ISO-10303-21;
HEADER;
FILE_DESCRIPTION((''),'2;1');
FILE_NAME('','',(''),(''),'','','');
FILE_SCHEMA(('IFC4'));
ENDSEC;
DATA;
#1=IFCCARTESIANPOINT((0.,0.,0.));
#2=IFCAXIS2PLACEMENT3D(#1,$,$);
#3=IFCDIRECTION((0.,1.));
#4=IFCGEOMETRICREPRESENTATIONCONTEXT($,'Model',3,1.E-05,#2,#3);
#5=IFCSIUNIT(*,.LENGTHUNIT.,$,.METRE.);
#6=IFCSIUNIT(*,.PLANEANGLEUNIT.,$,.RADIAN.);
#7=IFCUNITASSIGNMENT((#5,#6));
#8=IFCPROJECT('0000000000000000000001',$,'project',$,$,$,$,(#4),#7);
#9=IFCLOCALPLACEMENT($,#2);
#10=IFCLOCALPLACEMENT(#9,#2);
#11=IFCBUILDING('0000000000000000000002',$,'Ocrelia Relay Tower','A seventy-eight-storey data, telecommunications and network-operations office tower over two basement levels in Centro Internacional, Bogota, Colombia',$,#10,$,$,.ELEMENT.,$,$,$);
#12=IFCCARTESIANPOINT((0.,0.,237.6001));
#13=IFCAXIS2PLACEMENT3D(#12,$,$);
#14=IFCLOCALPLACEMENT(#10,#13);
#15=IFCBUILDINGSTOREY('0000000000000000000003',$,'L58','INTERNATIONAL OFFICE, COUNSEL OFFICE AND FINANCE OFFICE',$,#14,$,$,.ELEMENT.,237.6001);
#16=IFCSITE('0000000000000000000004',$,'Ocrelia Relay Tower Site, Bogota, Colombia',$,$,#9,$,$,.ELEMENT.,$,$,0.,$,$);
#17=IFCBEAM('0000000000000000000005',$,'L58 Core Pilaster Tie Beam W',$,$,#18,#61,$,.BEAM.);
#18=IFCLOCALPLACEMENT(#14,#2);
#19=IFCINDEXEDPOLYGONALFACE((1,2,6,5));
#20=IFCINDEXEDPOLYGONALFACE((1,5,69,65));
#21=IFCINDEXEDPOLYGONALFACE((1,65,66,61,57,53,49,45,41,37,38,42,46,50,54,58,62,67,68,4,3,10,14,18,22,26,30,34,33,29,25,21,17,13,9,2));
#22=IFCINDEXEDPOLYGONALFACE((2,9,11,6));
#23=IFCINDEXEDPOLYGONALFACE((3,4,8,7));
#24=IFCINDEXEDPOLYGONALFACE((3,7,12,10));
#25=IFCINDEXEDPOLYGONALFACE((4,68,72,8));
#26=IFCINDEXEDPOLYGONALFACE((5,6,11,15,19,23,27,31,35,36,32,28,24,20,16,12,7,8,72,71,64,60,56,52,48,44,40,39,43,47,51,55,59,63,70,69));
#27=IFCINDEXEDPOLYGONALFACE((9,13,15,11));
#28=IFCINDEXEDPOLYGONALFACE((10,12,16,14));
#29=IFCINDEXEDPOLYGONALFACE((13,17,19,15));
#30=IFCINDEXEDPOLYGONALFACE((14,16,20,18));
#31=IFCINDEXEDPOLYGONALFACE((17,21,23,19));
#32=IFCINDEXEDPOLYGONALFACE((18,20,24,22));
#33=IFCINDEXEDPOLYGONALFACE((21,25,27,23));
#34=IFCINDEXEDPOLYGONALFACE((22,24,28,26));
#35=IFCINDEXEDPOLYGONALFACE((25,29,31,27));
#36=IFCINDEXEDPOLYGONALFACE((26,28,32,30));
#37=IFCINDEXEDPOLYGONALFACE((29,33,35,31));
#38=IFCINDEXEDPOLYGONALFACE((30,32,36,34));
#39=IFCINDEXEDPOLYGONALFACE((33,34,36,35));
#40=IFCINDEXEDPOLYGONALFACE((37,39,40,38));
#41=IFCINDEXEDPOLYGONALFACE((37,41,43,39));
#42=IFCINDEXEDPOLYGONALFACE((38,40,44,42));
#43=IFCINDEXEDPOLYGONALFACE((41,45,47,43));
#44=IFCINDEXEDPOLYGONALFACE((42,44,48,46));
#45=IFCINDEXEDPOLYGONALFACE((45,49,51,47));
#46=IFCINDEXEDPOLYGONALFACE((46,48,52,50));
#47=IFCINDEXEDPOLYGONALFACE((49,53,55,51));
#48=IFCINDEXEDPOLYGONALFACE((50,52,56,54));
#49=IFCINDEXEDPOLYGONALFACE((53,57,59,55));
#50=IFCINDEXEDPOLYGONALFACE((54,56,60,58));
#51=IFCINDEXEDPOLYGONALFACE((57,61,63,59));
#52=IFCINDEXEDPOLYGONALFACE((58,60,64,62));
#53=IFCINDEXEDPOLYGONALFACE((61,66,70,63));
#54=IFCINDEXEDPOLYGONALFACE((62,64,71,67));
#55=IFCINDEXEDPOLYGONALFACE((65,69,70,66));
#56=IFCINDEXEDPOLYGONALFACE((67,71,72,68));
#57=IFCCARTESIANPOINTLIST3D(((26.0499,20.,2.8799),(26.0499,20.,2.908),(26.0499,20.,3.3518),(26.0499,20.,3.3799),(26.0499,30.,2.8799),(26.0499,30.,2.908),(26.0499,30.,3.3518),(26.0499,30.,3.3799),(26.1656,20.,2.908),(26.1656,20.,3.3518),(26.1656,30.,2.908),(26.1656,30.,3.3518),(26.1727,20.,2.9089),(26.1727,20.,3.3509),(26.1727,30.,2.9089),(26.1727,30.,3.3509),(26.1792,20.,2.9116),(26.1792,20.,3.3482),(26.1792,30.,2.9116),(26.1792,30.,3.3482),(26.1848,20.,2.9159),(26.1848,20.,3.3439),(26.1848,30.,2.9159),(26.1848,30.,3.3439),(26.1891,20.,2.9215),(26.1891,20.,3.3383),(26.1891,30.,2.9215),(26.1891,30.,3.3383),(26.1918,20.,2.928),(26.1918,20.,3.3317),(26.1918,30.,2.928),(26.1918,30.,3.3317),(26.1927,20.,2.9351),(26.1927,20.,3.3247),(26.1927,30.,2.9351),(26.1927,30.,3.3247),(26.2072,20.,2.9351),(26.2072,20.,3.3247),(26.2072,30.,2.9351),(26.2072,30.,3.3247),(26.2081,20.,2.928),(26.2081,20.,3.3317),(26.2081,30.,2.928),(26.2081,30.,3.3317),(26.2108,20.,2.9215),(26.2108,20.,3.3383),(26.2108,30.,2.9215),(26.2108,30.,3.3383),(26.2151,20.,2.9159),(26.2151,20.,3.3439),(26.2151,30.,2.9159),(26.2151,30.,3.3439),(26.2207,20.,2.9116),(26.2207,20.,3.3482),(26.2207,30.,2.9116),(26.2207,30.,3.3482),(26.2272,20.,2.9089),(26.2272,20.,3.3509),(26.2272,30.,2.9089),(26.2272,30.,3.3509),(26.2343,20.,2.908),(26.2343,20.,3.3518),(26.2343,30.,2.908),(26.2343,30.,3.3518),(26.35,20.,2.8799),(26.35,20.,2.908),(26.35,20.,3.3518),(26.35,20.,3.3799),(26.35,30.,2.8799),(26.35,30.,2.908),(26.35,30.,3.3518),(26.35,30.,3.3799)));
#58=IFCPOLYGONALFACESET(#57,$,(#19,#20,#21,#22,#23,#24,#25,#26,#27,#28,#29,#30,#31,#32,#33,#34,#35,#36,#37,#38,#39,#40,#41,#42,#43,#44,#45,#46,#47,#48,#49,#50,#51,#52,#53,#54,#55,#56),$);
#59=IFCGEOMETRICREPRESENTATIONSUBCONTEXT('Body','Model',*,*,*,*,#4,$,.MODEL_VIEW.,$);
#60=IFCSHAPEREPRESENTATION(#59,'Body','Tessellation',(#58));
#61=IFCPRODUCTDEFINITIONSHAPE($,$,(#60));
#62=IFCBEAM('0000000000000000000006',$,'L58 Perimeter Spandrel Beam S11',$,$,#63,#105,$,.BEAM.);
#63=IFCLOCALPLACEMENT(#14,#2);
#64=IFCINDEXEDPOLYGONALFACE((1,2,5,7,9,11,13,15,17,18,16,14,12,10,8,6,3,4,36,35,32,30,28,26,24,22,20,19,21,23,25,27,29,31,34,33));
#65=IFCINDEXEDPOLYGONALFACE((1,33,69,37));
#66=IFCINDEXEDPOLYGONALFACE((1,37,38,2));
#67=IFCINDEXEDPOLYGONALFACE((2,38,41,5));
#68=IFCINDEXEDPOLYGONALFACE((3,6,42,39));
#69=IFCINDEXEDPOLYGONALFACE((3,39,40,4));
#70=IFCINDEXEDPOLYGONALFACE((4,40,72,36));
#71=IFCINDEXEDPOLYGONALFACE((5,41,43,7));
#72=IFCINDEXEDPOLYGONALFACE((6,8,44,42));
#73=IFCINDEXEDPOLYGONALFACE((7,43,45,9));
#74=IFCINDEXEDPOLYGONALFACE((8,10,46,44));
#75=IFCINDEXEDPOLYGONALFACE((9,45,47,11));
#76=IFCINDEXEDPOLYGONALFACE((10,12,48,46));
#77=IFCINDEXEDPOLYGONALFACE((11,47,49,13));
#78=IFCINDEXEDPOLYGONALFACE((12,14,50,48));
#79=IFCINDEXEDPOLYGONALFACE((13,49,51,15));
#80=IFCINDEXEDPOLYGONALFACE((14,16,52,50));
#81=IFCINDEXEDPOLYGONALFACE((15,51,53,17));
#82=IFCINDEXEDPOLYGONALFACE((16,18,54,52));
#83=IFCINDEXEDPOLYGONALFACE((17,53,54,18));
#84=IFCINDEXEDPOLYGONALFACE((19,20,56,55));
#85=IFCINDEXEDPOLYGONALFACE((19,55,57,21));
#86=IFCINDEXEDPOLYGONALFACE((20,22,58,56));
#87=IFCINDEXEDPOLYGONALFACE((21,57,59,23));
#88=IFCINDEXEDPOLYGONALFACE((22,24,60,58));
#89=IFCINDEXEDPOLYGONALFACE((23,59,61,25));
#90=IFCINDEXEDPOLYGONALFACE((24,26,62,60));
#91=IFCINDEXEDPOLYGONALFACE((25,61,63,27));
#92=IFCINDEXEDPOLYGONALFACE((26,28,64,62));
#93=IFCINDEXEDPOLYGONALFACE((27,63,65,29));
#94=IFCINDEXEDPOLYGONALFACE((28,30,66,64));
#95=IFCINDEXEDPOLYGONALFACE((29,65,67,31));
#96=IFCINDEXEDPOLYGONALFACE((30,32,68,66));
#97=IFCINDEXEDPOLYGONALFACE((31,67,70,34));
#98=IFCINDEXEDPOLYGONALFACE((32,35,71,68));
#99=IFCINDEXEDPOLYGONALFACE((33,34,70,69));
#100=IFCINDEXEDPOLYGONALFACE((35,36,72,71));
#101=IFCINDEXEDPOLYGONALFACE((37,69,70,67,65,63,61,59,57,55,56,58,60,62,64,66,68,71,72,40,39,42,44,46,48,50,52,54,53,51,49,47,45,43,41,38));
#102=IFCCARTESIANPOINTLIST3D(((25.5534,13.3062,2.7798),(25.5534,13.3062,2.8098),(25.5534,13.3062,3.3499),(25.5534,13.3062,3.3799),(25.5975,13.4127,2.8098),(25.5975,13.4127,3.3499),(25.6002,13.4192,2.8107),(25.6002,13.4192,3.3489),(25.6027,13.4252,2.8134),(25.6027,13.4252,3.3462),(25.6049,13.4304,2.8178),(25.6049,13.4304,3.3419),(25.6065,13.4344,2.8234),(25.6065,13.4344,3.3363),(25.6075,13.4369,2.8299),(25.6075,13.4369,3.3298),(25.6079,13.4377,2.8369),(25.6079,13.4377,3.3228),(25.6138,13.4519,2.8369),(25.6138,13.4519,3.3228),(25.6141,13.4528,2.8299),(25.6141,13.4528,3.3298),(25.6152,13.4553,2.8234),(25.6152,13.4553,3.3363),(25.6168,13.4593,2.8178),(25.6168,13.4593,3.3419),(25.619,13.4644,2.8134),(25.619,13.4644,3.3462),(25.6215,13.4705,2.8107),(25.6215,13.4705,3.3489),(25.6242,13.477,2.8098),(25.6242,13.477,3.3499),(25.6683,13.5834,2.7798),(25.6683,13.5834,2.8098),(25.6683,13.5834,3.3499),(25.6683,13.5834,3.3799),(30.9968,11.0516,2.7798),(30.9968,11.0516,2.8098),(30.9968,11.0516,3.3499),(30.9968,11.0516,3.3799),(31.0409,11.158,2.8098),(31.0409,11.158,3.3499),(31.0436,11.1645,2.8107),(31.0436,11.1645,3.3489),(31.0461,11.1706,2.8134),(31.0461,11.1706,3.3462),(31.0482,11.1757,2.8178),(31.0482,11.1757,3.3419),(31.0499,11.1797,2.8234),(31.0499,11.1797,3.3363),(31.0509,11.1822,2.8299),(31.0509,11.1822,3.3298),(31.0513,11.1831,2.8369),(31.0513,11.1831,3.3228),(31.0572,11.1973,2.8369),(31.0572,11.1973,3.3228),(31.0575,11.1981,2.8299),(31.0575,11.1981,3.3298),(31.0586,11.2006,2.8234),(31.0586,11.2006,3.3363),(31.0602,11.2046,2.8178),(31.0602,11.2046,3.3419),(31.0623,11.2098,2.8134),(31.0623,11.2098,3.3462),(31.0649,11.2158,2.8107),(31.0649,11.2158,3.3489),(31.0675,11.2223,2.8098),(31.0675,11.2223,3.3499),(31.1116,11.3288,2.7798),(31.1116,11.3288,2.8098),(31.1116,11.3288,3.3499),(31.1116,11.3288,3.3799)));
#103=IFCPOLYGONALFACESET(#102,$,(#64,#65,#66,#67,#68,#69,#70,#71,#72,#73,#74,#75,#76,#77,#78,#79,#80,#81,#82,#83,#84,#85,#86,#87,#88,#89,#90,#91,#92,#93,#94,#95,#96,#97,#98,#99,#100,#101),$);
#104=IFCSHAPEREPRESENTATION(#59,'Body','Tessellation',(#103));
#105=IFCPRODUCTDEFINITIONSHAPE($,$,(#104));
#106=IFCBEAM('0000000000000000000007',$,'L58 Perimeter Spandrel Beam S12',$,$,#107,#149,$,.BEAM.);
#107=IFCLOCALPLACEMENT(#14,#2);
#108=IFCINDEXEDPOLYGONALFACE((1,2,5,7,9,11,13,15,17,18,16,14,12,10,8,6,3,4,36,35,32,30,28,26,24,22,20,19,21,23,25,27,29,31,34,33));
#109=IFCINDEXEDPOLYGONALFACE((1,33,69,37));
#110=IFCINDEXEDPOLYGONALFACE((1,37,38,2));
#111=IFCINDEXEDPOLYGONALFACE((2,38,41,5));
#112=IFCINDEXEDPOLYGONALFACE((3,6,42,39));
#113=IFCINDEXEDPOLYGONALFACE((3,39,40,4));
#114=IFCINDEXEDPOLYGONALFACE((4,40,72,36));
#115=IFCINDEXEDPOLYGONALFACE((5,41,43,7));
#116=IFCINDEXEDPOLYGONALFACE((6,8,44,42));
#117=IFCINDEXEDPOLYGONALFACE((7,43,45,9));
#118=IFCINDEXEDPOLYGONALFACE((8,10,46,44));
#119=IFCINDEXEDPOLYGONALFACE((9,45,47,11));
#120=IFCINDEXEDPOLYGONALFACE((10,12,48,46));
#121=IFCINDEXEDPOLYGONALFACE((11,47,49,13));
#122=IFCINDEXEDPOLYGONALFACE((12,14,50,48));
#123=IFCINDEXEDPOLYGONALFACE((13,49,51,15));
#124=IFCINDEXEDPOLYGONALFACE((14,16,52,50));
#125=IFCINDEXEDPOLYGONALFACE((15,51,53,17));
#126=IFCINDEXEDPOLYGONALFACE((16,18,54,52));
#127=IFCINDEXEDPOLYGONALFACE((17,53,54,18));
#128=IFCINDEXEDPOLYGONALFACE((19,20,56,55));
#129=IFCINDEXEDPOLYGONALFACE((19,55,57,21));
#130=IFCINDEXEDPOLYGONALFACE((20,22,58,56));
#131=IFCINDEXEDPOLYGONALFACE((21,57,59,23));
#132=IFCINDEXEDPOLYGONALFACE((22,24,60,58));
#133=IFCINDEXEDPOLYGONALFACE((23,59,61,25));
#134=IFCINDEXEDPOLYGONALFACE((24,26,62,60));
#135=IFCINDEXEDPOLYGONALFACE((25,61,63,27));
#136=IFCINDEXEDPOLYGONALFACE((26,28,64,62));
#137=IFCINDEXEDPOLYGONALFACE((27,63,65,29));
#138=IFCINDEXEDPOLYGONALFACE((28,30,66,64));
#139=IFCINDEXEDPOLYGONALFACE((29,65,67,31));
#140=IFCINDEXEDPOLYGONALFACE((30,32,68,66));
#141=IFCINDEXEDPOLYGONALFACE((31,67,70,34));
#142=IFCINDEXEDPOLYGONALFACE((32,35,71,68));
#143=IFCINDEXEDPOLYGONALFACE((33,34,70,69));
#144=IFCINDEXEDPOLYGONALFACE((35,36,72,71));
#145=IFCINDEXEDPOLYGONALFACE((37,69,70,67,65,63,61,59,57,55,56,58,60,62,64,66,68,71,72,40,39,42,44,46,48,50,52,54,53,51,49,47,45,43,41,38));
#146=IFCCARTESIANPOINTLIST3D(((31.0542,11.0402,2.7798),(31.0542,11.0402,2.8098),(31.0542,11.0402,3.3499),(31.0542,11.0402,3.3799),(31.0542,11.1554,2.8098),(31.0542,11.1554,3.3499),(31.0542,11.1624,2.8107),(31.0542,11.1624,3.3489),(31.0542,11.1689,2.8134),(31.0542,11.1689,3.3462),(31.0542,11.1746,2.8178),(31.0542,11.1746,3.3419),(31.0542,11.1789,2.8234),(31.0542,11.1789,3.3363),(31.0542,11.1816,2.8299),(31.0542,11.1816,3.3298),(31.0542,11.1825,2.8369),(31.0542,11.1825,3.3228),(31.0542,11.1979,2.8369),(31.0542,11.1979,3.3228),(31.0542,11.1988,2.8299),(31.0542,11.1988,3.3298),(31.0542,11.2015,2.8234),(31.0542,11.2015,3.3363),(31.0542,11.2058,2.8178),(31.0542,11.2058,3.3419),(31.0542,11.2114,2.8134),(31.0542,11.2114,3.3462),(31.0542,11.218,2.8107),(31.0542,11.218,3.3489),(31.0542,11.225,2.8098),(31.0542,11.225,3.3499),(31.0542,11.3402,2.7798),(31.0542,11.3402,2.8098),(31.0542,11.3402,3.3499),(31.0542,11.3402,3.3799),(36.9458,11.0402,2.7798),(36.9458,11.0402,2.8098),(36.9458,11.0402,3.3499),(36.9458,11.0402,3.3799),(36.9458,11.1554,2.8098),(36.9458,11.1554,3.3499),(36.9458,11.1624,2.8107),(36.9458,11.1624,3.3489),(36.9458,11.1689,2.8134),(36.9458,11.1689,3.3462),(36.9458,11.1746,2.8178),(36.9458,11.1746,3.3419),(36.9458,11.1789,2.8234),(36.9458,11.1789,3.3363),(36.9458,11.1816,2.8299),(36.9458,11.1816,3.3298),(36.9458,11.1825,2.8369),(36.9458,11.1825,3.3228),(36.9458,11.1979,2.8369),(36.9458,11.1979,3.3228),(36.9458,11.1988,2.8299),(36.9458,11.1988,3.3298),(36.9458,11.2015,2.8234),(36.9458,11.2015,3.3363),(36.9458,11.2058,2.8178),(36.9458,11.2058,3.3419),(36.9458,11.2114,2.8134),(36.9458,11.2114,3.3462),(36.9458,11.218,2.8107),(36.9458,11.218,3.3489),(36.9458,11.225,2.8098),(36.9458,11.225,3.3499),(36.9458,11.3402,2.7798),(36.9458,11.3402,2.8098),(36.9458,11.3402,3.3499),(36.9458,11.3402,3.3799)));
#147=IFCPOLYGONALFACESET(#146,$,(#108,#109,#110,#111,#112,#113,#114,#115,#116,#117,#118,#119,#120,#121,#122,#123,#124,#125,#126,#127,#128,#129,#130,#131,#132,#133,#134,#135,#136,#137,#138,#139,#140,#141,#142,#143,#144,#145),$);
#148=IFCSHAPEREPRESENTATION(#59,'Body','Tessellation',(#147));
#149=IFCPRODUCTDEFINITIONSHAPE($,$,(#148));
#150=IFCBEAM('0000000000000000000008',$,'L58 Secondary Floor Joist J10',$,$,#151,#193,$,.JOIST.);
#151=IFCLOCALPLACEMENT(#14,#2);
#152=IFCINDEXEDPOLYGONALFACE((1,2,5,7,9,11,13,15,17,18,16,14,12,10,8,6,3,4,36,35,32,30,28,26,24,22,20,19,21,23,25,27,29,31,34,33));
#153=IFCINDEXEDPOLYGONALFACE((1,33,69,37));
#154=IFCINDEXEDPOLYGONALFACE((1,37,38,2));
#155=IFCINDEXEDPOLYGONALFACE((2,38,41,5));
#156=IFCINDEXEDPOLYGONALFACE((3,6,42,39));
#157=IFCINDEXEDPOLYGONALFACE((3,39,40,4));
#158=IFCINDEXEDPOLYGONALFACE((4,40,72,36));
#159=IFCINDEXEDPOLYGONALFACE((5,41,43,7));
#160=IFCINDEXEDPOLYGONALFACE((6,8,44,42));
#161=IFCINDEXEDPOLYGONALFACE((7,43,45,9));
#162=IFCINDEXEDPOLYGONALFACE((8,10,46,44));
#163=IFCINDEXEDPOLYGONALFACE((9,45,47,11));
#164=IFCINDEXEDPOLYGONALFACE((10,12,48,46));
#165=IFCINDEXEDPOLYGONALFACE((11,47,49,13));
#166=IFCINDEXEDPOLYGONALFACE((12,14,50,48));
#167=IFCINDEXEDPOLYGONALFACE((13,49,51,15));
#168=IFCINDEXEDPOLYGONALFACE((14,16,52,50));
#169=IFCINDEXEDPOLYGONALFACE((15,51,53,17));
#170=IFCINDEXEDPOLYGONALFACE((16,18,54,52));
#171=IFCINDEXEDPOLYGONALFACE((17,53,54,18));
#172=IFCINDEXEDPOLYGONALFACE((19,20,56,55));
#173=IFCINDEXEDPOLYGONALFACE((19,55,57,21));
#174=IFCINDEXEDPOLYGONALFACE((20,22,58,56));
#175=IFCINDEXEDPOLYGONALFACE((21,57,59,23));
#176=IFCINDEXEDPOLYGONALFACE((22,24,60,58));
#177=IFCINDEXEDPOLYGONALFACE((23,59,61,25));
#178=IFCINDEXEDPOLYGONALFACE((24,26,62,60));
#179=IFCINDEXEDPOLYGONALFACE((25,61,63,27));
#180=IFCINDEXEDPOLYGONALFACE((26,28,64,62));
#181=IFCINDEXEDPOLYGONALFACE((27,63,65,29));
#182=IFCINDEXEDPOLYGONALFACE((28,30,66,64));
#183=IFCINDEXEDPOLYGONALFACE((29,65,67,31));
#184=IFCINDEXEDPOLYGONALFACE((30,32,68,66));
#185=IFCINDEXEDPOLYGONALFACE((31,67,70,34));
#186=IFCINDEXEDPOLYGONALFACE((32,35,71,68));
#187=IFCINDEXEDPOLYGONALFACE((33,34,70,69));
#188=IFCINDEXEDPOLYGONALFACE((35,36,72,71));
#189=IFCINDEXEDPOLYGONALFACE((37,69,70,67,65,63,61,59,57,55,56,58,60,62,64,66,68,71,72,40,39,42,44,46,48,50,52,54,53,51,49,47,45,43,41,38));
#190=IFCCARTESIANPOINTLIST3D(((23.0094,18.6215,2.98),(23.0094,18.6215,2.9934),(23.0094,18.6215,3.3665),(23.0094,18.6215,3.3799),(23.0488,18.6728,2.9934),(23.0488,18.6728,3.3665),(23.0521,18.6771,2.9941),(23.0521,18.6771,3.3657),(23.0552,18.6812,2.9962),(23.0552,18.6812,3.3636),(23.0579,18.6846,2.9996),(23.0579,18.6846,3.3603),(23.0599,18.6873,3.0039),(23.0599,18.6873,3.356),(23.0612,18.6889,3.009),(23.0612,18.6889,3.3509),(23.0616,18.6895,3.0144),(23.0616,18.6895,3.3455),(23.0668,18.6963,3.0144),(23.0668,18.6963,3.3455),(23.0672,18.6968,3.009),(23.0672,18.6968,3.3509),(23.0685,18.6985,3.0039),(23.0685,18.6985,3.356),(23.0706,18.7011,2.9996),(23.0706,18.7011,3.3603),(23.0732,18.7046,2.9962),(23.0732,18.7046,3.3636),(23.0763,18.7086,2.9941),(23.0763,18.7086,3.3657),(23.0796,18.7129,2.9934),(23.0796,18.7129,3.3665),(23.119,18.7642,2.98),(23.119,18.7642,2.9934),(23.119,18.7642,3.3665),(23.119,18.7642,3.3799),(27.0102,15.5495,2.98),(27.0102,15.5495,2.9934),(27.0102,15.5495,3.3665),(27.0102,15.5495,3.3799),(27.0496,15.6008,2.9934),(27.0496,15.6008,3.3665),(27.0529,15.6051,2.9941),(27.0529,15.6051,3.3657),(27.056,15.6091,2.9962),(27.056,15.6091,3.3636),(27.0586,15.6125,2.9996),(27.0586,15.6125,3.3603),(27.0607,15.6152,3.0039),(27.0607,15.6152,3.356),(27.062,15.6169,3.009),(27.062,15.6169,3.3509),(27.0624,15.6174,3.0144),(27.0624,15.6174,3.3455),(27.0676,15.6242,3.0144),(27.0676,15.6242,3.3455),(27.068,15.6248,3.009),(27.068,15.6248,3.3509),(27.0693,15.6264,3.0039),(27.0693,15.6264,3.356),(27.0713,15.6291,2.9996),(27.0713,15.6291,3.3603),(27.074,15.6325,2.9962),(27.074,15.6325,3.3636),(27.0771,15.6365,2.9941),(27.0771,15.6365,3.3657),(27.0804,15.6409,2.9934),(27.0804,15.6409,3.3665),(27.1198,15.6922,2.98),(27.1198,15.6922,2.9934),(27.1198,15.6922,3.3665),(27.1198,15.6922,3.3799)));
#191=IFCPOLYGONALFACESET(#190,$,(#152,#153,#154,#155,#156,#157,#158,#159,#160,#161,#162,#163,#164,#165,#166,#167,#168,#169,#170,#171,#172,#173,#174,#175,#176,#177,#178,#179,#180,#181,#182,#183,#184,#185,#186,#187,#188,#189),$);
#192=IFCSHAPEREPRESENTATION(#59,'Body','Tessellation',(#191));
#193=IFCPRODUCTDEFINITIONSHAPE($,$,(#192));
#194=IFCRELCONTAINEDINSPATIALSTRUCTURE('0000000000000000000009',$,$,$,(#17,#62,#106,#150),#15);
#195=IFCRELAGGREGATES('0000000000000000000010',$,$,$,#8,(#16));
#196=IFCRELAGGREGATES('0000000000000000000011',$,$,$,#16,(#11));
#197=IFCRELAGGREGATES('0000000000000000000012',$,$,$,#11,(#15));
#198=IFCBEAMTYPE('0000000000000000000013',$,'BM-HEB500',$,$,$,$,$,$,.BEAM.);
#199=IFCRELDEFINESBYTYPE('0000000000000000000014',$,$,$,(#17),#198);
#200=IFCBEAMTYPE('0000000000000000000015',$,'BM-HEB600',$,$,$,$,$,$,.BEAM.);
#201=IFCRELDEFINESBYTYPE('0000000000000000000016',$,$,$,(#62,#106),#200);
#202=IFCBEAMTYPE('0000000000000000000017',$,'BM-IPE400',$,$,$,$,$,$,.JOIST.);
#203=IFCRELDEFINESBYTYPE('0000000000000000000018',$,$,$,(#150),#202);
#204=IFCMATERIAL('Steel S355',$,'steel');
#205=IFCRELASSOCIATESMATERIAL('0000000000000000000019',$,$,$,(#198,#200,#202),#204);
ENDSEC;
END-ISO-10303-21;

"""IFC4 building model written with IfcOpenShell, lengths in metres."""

from ifc_helpers import new_model, si_unit, direction, frame, origin, origin_2d, place, context, subcontext, project, spatial, i_section, extrude, material, material_profile, profile_set, type_object, element, save


model = new_model("IFC4")

# Units and contexts
model_context = context("Model", 3, precision=1e-05, world=origin(), true_north=direction((0.0, 1.0)))
body_context = subcontext(model_context, "Body", "Model", "MODEL_VIEW")
ifc_project = project(units=[si_unit("LENGTHUNIT", "METRE"), si_unit("PLANEANGLEUNIT", "RADIAN")], contexts=[model_context])

# Site, building, storey
site_placement = place(None, origin())
site = spatial("IfcSite", under=ifc_project, at=site_placement, Name="Ocrelia Relay Tower Site, Bogota, Colombia", CompositionType="ELEMENT", RefElevation=0.0)
building_placement = place(site_placement, origin())
building = spatial("IfcBuilding", under=site, at=building_placement, Name="Ocrelia Relay Tower", Description="A seventy-eight-storey data, telecommunications and network-operations office tower over two basement levels in Centro Internacional, Bogota, Colombia", CompositionType="ELEMENT")
storey_placement = place(building_placement, frame((0.0, 0.0, 237.6001)))
storey = spatial("IfcBuildingStorey", under=building, at=storey_placement, Name="L58", Description="INTERNATIONAL OFFICE, COUNSEL OFFICE AND FINANCE OFFICE", CompositionType="ELEMENT", Elevation=237.6001)

# Beams
ifc_material_1 = material(Name="Steel S355", Category="steel")
ifc_material_profile_1 = material_profile(ifc_material_1, i_section(OverallWidth=0.3, OverallDepth=0.5, WebThickness=0.0144, FlangeThickness=0.0281, FilletRadius=0.0271, at=origin_2d()), Name="HEB 500")
ifc_profile_set_1 = profile_set([ifc_material_profile_1], Name="Steel S355")
beam_type_1 = type_object("IfcBeamType", Name="BM-HEB500", PredefinedType="BEAM", material=ifc_profile_set_1)
beam_1_placement = place(storey_placement, frame((26.2, 20.0, 3.1299), z_axis=(0.0, 1.0, 0.0), x_axis=(-1.0, 0.0, 0.0)))
element("IfcBeam", 1, at=beam_1_placement, inside=storey, type_object=beam_type_1, Name="L58 Core Pilaster Tie Beam W", PredefinedType="BEAM", context=body_context, shape_type="SweptSolid", body=[
    extrude(i_section(OverallWidth=0.3, OverallDepth=0.5, WebThickness=0.0144, FlangeThickness=0.0281, FilletRadius=0.0271, at=origin_2d()), origin(), (0.0, 0.0, 1.0), 10.0),
])
ifc_material_profile_2 = material_profile(ifc_material_1, i_section(OverallWidth=0.3, OverallDepth=0.6001, WebThickness=0.0154, FlangeThickness=0.03, FilletRadius=0.0271, at=origin_2d()), Name="HEB 600")
ifc_profile_set_2 = profile_set([ifc_material_profile_2], Name="Steel S355")
beam_type_2 = type_object("IfcBeamType", Name="BM-HEB600", PredefinedType="BEAM", material=ifc_profile_set_2)
beam_2_placement = place(storey_placement, frame((25.6108, 13.4448, 3.0798), z_axis=(0.923884, -0.382673, 0.0), x_axis=(0.382673, 0.923884, 0.0)))
element("IfcBeam", 2, at=beam_2_placement, inside=storey, type_object=beam_type_2, Name="L58 Perimeter Spandrel Beam S11", PredefinedType="BEAM", context=body_context, shape_type="SweptSolid", body=[
    extrude(i_section(OverallWidth=0.3, OverallDepth=0.6001, WebThickness=0.0154, FlangeThickness=0.03, FilletRadius=0.0271, at=origin_2d()), origin(), (0.0, 0.0, 1.0), 5.8918),
])
beam_3_placement = place(storey_placement, frame((31.0542, 11.1902, 3.0798), z_axis=(1.0, 0.0, 0.0), x_axis=(0.0, 1.0, 0.0)))
element("IfcBeam", 3, at=beam_3_placement, inside=storey, type_object=beam_type_2, Name="L58 Perimeter Spandrel Beam S12", PredefinedType="BEAM", context=body_context, shape_type="SweptSolid", body=[
    extrude(i_section(OverallWidth=0.3, OverallDepth=0.6001, WebThickness=0.0154, FlangeThickness=0.03, FilletRadius=0.0271, at=origin_2d()), origin(), (0.0, 0.0, 1.0), 5.8916),
])
ifc_material_profile_3 = material_profile(ifc_material_1, i_section(OverallWidth=0.1799, OverallDepth=0.3999, WebThickness=0.0085, FlangeThickness=0.0134, FilletRadius=0.021, at=origin_2d()), Name="IPE 400")
ifc_profile_set_3 = profile_set([ifc_material_profile_3], Name="Steel S355")
beam_type_3 = type_object("IfcBeamType", Name="BM-IPE400", PredefinedType="JOIST", material=ifc_profile_set_3)
beam_4_placement = place(storey_placement, frame((23.0642, 18.6929, 3.1799), z_axis=(0.793147, -0.60903, 0.0), x_axis=(0.60903, 0.793147, 0.0)))
element("IfcBeam", 4, at=beam_4_placement, inside=storey, type_object=beam_type_3, Name="L58 Secondary Floor Joist J10", PredefinedType="JOIST", context=body_context, shape_type="SweptSolid", body=[
    extrude(i_section(OverallWidth=0.1799, OverallDepth=0.3999, WebThickness=0.0085, FlangeThickness=0.0134, FilletRadius=0.021, at=origin_2d()), origin(), (0.0, 0.0, 1.0), 5.0442),
])

save(model, "model.ifc")
